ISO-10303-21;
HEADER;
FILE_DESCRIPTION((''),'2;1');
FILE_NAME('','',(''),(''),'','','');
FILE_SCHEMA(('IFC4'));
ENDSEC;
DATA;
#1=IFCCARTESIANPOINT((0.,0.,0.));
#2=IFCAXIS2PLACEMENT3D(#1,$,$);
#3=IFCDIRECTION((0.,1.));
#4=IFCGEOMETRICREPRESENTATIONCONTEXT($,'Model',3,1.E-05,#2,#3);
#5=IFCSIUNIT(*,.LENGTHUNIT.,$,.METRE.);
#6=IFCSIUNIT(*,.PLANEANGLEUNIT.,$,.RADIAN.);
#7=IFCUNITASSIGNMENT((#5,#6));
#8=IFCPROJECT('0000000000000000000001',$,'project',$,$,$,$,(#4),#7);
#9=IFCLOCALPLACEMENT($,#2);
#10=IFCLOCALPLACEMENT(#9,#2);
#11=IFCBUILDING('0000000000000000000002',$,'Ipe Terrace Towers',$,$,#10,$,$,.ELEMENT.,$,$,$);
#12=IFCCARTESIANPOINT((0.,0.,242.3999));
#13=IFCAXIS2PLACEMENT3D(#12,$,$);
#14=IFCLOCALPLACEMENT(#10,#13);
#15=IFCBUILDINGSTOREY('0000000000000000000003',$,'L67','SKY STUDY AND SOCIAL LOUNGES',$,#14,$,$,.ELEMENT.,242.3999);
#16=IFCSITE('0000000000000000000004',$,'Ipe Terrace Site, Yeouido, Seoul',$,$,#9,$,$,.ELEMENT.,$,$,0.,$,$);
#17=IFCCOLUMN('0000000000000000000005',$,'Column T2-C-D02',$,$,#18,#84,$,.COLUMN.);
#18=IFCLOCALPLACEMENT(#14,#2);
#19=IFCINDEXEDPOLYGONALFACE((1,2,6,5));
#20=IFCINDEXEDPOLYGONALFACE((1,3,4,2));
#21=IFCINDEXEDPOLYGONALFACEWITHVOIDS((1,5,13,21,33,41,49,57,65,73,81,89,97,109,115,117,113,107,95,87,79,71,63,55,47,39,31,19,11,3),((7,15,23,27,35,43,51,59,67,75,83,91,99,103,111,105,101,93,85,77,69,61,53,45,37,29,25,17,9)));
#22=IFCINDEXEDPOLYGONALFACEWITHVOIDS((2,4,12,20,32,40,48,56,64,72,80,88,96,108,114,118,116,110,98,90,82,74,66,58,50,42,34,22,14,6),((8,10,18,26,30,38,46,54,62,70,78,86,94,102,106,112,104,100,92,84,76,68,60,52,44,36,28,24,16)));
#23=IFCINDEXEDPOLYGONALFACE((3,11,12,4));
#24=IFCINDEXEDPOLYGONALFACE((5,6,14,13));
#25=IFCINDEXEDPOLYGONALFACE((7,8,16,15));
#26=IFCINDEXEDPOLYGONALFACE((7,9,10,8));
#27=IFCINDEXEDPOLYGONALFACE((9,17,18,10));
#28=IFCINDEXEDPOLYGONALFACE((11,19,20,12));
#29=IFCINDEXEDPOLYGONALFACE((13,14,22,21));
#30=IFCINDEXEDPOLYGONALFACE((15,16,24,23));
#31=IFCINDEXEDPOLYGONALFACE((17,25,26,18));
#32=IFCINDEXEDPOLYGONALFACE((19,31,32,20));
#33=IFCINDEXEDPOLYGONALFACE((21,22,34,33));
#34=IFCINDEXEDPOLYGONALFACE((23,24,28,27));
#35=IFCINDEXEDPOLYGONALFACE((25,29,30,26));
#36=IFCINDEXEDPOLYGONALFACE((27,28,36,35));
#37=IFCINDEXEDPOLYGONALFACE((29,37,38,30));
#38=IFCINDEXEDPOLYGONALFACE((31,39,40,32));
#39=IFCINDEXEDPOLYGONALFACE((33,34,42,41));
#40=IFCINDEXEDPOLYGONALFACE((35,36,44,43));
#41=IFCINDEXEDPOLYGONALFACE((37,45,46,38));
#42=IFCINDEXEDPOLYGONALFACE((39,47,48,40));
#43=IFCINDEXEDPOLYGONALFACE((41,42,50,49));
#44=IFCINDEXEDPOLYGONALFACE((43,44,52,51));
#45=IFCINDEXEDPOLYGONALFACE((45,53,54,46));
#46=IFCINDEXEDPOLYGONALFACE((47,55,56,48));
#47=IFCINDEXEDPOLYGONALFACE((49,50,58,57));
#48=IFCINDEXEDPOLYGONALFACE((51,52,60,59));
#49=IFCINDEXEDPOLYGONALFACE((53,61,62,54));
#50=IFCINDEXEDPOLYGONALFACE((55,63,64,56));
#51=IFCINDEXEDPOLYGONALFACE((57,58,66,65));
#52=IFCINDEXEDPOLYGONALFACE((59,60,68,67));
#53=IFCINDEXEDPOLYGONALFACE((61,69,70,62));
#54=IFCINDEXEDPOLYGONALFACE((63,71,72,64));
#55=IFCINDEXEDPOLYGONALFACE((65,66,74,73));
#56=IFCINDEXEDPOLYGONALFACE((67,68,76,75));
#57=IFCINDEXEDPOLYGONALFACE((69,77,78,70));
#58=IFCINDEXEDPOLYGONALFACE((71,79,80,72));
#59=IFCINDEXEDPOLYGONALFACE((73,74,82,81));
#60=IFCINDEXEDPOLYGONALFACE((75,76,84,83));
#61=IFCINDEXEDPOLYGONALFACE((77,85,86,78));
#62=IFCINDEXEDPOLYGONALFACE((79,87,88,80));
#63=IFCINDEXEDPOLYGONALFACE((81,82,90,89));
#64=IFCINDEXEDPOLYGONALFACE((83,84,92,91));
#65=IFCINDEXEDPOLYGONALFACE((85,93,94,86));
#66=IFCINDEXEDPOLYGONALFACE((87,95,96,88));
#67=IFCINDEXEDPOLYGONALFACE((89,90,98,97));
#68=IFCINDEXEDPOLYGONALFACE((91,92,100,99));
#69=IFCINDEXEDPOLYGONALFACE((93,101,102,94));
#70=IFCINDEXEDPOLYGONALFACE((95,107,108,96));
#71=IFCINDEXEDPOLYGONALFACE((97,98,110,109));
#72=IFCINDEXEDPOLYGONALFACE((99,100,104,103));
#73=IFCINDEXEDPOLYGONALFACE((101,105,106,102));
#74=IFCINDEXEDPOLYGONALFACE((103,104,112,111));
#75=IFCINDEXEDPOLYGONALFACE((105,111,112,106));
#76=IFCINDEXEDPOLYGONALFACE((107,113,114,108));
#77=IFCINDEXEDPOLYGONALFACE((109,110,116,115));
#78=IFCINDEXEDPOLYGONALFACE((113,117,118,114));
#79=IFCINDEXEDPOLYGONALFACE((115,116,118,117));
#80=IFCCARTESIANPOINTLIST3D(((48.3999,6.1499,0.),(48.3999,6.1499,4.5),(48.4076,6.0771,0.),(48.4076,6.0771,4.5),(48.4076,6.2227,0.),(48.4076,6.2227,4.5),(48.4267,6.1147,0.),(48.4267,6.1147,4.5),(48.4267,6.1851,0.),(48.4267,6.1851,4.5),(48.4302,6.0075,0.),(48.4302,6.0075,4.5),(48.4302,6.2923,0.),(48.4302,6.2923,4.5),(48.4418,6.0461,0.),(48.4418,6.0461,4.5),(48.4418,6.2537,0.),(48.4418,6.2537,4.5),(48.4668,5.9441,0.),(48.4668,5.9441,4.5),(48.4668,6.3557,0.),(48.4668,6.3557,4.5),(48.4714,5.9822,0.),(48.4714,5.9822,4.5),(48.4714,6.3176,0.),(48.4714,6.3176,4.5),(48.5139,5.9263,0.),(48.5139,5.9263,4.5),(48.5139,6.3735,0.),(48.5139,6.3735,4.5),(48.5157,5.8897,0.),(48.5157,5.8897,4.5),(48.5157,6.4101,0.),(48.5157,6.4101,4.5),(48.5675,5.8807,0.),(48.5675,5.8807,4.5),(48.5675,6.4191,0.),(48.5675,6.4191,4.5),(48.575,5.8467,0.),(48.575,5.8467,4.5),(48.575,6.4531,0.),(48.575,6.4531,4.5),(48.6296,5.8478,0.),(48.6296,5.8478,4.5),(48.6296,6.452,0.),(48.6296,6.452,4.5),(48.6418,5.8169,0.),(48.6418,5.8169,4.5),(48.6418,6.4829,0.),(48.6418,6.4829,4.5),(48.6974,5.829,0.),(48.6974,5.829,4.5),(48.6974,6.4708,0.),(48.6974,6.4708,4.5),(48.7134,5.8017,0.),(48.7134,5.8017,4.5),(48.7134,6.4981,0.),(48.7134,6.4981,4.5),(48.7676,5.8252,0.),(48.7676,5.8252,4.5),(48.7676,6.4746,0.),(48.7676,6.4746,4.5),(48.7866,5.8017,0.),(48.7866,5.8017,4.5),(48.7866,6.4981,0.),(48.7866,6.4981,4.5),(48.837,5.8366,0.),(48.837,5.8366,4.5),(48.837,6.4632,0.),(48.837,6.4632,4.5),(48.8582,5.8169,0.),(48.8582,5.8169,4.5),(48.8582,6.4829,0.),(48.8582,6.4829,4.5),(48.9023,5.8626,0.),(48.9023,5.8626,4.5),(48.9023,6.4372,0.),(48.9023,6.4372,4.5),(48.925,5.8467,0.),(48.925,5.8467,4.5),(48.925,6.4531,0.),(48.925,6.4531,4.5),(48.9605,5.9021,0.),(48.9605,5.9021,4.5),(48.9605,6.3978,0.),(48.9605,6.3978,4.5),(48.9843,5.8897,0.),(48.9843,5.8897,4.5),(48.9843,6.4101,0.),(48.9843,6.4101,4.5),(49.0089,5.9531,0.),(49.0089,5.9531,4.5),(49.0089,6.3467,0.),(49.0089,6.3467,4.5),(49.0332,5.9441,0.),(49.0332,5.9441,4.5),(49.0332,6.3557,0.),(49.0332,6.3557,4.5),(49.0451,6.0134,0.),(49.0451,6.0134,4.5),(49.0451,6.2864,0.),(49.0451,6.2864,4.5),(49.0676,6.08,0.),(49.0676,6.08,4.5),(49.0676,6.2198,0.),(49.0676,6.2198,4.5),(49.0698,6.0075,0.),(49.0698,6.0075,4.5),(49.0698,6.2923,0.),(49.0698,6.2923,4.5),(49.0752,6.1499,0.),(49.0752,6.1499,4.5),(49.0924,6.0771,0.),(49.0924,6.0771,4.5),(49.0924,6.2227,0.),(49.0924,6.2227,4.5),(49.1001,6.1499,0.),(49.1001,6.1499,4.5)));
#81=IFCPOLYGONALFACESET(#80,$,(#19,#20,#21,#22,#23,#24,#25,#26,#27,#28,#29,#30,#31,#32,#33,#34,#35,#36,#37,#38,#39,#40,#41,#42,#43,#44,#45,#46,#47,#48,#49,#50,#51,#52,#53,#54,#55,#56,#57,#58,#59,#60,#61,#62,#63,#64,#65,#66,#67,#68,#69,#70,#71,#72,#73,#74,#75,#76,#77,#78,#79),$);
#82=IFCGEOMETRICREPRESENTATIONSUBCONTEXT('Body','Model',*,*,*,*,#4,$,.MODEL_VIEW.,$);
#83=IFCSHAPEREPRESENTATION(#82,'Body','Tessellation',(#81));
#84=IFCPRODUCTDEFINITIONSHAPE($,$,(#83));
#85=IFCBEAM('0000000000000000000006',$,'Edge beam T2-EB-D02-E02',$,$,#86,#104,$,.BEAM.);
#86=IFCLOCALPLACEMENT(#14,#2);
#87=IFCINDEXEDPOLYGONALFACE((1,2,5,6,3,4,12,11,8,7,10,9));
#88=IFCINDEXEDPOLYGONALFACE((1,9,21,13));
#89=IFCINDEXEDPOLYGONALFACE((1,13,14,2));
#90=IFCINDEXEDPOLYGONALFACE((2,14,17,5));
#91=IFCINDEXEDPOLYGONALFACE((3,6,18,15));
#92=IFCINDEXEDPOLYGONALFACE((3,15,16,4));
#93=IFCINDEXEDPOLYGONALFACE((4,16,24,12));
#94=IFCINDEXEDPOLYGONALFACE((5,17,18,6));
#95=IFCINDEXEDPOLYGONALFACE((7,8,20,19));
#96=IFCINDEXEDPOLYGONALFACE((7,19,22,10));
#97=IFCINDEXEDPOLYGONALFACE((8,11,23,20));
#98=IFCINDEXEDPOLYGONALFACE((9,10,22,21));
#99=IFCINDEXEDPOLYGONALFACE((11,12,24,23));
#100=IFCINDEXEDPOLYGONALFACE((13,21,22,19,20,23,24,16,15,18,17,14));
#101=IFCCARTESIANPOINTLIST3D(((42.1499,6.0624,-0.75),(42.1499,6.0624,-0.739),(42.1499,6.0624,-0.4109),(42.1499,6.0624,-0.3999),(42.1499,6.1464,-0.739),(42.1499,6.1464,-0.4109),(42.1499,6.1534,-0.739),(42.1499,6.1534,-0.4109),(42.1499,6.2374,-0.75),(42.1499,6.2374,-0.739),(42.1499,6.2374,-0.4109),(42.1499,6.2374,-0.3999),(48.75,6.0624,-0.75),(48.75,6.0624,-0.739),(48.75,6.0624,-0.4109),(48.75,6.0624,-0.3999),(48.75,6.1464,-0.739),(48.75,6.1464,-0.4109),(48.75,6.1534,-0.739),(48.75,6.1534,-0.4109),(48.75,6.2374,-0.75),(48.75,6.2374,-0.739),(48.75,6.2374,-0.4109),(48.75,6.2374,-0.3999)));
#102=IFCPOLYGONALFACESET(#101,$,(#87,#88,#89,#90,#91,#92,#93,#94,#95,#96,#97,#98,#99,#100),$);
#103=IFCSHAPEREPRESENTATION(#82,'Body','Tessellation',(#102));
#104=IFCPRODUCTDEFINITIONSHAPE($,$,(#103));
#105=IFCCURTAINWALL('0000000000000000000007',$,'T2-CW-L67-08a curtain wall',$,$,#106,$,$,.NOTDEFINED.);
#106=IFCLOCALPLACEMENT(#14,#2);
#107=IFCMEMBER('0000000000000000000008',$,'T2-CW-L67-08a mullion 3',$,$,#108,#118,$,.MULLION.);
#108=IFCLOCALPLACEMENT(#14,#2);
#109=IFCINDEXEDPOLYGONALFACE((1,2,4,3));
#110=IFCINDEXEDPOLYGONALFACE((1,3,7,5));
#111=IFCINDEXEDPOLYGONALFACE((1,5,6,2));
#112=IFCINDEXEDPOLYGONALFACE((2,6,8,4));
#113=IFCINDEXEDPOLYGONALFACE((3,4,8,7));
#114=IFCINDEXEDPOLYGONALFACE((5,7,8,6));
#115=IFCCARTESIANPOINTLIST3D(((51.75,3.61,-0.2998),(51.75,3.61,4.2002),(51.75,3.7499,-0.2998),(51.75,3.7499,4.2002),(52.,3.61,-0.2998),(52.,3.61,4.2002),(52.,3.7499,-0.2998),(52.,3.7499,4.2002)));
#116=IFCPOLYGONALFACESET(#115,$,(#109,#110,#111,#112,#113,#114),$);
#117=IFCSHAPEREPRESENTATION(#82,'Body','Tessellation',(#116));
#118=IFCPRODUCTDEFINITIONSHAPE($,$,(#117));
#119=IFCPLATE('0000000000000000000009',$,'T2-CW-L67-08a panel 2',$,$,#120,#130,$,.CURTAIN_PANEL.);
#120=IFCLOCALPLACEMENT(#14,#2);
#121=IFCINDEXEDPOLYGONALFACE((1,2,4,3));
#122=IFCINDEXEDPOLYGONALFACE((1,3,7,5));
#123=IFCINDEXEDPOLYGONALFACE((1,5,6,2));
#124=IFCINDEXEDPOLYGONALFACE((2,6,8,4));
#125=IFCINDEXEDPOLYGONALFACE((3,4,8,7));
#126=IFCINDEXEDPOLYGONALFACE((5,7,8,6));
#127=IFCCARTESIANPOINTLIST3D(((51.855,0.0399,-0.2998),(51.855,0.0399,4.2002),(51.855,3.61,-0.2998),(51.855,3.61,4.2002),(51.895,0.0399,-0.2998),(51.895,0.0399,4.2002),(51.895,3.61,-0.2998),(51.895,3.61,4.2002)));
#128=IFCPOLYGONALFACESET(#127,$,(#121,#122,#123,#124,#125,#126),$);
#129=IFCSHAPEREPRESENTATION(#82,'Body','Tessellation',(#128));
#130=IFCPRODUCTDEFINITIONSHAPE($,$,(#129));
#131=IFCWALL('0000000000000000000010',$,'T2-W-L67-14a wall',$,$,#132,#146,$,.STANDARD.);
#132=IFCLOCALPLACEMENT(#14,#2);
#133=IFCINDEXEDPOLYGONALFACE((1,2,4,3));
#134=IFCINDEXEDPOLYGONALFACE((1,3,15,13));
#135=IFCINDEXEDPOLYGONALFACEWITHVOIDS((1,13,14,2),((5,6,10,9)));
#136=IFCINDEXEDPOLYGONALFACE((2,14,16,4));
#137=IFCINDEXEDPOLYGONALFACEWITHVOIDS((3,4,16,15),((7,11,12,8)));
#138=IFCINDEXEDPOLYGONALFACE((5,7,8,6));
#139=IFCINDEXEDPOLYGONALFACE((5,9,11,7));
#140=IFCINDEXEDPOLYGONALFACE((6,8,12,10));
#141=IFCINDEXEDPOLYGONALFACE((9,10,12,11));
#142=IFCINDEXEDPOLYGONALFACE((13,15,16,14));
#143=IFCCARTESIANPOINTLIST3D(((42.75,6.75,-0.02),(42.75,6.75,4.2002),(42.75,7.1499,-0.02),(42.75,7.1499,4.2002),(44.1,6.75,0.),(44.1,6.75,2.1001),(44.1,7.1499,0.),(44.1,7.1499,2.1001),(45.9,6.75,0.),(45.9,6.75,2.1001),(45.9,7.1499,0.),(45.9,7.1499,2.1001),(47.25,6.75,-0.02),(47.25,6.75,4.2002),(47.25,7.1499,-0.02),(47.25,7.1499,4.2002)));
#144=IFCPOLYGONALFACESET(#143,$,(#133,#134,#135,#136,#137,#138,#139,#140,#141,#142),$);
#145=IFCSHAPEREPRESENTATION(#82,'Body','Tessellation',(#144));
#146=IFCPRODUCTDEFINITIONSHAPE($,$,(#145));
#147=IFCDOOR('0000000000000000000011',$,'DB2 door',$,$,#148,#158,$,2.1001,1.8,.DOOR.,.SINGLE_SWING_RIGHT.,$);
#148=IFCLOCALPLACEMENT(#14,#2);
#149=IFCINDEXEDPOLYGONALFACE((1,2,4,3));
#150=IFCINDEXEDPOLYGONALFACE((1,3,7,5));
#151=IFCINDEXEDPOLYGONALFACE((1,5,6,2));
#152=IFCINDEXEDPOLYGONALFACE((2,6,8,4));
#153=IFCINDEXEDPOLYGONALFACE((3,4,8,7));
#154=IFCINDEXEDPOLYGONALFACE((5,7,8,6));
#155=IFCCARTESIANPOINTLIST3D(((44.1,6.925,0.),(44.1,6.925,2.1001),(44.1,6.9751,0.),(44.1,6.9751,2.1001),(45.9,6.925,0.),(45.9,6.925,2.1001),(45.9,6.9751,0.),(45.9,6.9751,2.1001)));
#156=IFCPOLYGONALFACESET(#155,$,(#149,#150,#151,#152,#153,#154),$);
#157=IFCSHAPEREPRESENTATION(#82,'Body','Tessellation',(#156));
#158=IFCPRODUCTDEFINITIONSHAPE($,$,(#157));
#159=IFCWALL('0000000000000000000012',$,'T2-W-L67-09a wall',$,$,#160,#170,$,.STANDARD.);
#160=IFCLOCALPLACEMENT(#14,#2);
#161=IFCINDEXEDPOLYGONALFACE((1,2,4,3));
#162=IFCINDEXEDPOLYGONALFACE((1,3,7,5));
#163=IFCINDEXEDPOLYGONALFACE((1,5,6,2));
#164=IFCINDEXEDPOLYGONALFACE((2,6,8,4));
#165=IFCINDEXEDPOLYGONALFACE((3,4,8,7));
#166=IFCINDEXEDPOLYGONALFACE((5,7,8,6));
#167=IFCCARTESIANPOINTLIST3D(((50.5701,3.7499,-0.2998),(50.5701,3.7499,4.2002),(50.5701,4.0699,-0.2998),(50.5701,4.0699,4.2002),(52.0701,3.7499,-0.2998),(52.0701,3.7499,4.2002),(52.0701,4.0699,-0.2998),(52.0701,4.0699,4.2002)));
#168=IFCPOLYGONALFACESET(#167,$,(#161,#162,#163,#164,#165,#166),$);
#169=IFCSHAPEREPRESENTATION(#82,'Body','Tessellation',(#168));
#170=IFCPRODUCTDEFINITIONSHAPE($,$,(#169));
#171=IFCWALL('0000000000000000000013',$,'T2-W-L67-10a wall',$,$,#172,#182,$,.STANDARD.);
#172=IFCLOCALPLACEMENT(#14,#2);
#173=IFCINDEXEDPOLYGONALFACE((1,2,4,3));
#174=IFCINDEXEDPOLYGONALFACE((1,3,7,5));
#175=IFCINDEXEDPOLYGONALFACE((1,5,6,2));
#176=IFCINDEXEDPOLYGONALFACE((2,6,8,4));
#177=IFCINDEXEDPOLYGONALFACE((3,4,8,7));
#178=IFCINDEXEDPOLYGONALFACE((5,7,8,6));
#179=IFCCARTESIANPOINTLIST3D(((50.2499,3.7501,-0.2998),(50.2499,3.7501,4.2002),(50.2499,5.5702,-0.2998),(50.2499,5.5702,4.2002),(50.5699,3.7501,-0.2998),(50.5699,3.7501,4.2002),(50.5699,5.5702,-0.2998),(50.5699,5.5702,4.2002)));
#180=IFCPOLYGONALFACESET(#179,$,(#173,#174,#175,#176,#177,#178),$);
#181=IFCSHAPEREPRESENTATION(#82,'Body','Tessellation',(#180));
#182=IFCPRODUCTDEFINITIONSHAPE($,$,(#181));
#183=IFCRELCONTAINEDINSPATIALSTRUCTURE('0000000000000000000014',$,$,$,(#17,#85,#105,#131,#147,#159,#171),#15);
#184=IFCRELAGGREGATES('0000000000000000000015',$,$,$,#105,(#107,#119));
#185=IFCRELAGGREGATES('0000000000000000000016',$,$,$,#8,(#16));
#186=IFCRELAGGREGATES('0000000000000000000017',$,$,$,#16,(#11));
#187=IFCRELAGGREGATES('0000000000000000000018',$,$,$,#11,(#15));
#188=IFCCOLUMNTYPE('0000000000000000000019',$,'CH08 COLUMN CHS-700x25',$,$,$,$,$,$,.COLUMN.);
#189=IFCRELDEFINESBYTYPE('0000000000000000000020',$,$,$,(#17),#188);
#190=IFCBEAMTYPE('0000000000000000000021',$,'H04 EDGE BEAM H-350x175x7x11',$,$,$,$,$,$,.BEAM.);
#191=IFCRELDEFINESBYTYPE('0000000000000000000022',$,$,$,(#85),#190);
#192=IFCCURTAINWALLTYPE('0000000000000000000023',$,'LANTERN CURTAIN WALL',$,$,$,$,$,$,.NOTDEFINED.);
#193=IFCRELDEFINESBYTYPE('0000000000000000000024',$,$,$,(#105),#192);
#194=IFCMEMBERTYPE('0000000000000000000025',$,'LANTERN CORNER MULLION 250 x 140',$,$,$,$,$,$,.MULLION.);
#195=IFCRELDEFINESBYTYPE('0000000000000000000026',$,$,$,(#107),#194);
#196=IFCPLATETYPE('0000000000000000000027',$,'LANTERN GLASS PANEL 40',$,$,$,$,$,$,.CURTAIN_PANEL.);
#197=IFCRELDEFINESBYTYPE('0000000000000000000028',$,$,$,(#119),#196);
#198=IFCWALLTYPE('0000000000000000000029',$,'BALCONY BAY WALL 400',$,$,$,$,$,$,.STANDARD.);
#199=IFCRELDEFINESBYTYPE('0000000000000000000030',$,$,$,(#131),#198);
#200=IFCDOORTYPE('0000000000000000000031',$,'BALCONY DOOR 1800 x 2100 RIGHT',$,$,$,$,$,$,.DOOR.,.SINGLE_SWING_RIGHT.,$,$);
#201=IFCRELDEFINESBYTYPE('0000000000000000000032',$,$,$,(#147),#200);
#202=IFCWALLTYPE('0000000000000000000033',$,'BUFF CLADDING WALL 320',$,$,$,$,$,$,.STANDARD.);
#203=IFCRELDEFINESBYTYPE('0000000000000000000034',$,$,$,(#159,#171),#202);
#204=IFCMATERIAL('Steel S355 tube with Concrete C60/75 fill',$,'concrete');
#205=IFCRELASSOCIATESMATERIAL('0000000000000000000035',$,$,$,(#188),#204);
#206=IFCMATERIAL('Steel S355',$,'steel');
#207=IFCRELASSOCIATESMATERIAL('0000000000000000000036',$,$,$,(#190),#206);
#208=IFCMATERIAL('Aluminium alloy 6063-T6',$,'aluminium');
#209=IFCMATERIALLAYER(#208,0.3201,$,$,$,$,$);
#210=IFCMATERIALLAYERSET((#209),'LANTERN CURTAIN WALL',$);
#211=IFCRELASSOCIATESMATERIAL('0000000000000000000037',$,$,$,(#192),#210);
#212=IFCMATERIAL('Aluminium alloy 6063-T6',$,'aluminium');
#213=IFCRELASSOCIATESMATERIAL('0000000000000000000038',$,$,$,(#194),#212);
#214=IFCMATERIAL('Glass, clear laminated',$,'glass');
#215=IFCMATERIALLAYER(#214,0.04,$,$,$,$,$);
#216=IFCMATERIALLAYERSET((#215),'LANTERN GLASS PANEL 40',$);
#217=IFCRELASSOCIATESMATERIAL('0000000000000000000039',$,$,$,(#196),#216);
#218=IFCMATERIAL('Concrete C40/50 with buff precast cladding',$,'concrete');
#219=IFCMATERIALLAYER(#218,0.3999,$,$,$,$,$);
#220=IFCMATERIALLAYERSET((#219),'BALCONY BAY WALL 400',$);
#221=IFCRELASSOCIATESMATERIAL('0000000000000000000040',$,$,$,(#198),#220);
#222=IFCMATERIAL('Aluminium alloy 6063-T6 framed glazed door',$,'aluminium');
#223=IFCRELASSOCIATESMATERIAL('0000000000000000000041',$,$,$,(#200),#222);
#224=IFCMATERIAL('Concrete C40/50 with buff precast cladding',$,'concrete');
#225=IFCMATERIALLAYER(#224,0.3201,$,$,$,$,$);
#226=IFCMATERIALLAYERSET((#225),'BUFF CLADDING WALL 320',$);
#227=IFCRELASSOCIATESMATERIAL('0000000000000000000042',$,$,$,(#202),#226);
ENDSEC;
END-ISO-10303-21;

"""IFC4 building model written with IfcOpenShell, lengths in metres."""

from ifc_helpers import new_model, si_unit, direction, frame, frame_2d, origin, origin_2d, place, context, subcontext, project, spatial, rectangle, hollow_circle, i_section, extrude, material, layer, layer_set, material_profile, profile_set, type_object, element, fill, aggregate, save


model = new_model("IFC4")

# Units and contexts
model_context = context("Model", 3, precision=1e-05, world=origin(), true_north=direction((0.0, 1.0)))
body_context = subcontext(model_context, "Body", "Model", "MODEL_VIEW")
ifc_project = project(units=[si_unit("LENGTHUNIT", "METRE"), si_unit("PLANEANGLEUNIT", "RADIAN")], contexts=[model_context])

# Site, building, storey
site_placement = place(None, origin())
site = spatial("IfcSite", under=ifc_project, at=site_placement, Name="Ipe Terrace Site, Yeouido, Seoul", CompositionType="ELEMENT", RefElevation=0.0)
building_placement = place(site_placement, origin())
building = spatial("IfcBuilding", under=site, at=building_placement, Name="Ipe Terrace Towers", CompositionType="ELEMENT")
storey_placement = place(building_placement, frame((0.0, 0.0, 242.3999)))
storey = spatial("IfcBuildingStorey", under=building, at=storey_placement, Name="L67", Description="SKY STUDY AND SOCIAL LOUNGES", CompositionType="ELEMENT", Elevation=242.3999)

# Column
ifc_material_1 = material(Name="Steel S355 tube with Concrete C60/75 fill", Category="concrete")
ifc_material_profile_1 = material_profile(ifc_material_1, hollow_circle(Radius=0.3501, WallThickness=0.0249, at=origin_2d()), Name="CHS-700x25")
ifc_profile_set_1 = profile_set([ifc_material_profile_1], Name="Steel S355 tube with Concrete C60/75 fill")
column_type = type_object("IfcColumnType", Name="CH08 COLUMN CHS-700x25", PredefinedType="COLUMN", material=ifc_profile_set_1)
column_placement = place(storey_placement, frame((48.75, 6.1499, 0.0), z_axis=(0.0, 0.0, 1.0), x_axis=(1.0, 0.0, 0.0)))
element("IfcColumn", 1, at=column_placement, inside=storey, type_object=column_type, Name="Column T2-C-D02", PredefinedType="COLUMN", context=body_context, shape_type="SweptSolid", body=[
    extrude(hollow_circle(Radius=0.3501, WallThickness=0.0249, at=origin_2d()), origin(), (0.0, 0.0, 1.0), 4.5),
])

# Beam
ifc_material_2 = material(Name="Steel S355", Category="steel")
ifc_material_profile_2 = material_profile(ifc_material_2, i_section(OverallWidth=0.175, OverallDepth=0.3501, WebThickness=0.0071, FlangeThickness=0.011, at=origin_2d()), Name="H-350x175x7x11")
ifc_profile_set_2 = profile_set([ifc_material_profile_2], Name="Steel S355")
beam_type = type_object("IfcBeamType", Name="H04 EDGE BEAM H-350x175x7x11", PredefinedType="BEAM", material=ifc_profile_set_2)
beam_placement = place(storey_placement, frame((48.75, 6.1499, -0.575), z_axis=(-1.0, 0.0, 0.0), x_axis=(0.0, -1.0, 0.0)))
element("IfcBeam", 2, at=beam_placement, inside=storey, type_object=beam_type, Name="Edge beam T2-EB-D02-E02", PredefinedType="BEAM", context=body_context, shape_type="SweptSolid", body=[
    extrude(i_section(OverallWidth=0.175, OverallDepth=0.3501, WebThickness=0.0071, FlangeThickness=0.011, at=origin_2d()), origin(), (0.0, 0.0, 1.0), 6.6001),
])

# Curtain wall, member, plate
ifc_material_3 = material(Name="Aluminium alloy 6063-T6", Category="aluminium")
ifc_layer_1 = layer(ifc_material_3, 0.3201)
ifc_layer_set_1 = layer_set([ifc_layer_1], Name="LANTERN CURTAIN WALL")
curtain_wall_type = type_object("IfcCurtainWallType", Name="LANTERN CURTAIN WALL", PredefinedType="NOTDEFINED", material=ifc_layer_set_1)
curtain_wall_placement = place(storey_placement, origin())
curtain_wall = element("IfcCurtainWall", 3, at=curtain_wall_placement, inside=storey, type_object=curtain_wall_type, Name="T2-CW-L67-08a curtain wall", PredefinedType="NOTDEFINED")
ifc_material_4 = material(Name="Aluminium alloy 6063-T6", Category="aluminium")
ifc_material_profile_3 = material_profile(ifc_material_4, rectangle(XDim=0.25, YDim=0.1399, at=origin_2d()), Name="LANTERN CORNER MULLION 250 x 140")
ifc_profile_set_3 = profile_set([ifc_material_profile_3], Name="Aluminium alloy 6063-T6")
member_type = type_object("IfcMemberType", Name="LANTERN CORNER MULLION 250 x 140", PredefinedType="MULLION", material=ifc_profile_set_3)
member_placement = place(storey_placement, frame((51.875, 3.6799, -0.2998), z_axis=(0.0, 0.0, 1.0), x_axis=(1.0, 0.0, 0.0)))
member = element("IfcMember", 4, at=member_placement, type_object=member_type, Name="T2-CW-L67-08a mullion 3", PredefinedType="MULLION", context=body_context, shape_type="SweptSolid", body=[
    extrude(rectangle(XDim=0.25, YDim=0.1399, at=origin_2d()), origin(), (0.0, 0.0, 1.0), 4.5),
])
ifc_material_5 = material(Name="Glass, clear laminated", Category="glass")
ifc_layer_2 = layer(ifc_material_5, 0.04)
ifc_layer_set_2 = layer_set([ifc_layer_2], Name="LANTERN GLASS PANEL 40")
plate_type = type_object("IfcPlateType", Name="LANTERN GLASS PANEL 40", PredefinedType="CURTAIN_PANEL", material=ifc_layer_set_2)
plate_placement = place(storey_placement, frame((51.875, 1.825, -0.2998), z_axis=(0.0, 0.0, 1.0), x_axis=(0.0, 1.0, 0.0)))
plate = element("IfcPlate", 5, at=plate_placement, type_object=plate_type, Name="T2-CW-L67-08a panel 2", PredefinedType="CURTAIN_PANEL", context=body_context, shape_type="SweptSolid", body=[
    extrude(rectangle(XDim=3.5701, YDim=0.04, at=origin_2d()), origin(), (0.0, 0.0, 1.0), 4.5),
])
aggregate(curtain_wall, [member, plate])

# Wall, opening, door
ifc_material_6 = material(Name="Concrete C40/50 with buff precast cladding", Category="concrete")
ifc_layer_3 = layer(ifc_material_6, 0.3999)
ifc_layer_set_3 = layer_set([ifc_layer_3], Name="BALCONY BAY WALL 400")
wall_type_1 = type_object("IfcWallType", Name="BALCONY BAY WALL 400", PredefinedType="STANDARD", material=ifc_layer_set_3)
wall_1_placement = place(storey_placement, frame((47.25, 6.95, -0.02), z_axis=(0.0, 0.0, 1.0), x_axis=(-1.0, 0.0, 0.0)))
wall_1 = element("IfcWall", 6, at=wall_1_placement, inside=storey, type_object=wall_type_1, Name="T2-W-L67-14a wall", PredefinedType="STANDARD", context=body_context, shape_type="SweptSolid", body=[
    extrude(rectangle(XDim=4.5, YDim=0.3999, at=frame_2d((2.25, 0.0))), origin(), (0.0, 0.0, 1.0), 4.2202),
])
opening_1_placement = place(wall_1_placement, frame((1.3501, 0.0, 0.02)))
opening_1 = element("IfcOpeningElement", 7, at=opening_1_placement, cuts=wall_1, PredefinedType="OPENING", context=body_context, shape_type="SweptSolid", body=[
    extrude(rectangle(XDim=1.8, YDim=2.1001, at=frame_2d((0.8999, 1.05))), frame((0.0, 0.21, 0.0), z_axis=(0.0, -1.0, 0.0), x_axis=(1.0, 0.0, 0.0)), (0.0, 0.0, 1.0), 0.4199),
])
ifc_material_7 = material(Name="Aluminium alloy 6063-T6 framed glazed door", Category="aluminium")
door_type_1 = type_object("IfcDoorType", Name="BALCONY DOOR 1800 x 2100 RIGHT", OperationType="SINGLE_SWING_RIGHT", PredefinedType="DOOR", material=ifc_material_7)
door_1_placement = place(opening_1_placement, origin())
door_1 = element("IfcDoor", 8, at=door_1_placement, inside=storey, type_object=door_type_1, Name="DB2 door", OperationType="SINGLE_SWING_RIGHT", OverallHeight=2.1001, OverallWidth=1.8, PredefinedType="DOOR", context=body_context, shape_type="SweptSolid", body=[
    extrude(rectangle(XDim=1.8, YDim=2.1001, at=frame_2d((0.8999, 1.05))), frame((0.0, 0.0249, 0.0), z_axis=(0.0, -1.0, 0.0), x_axis=(1.0, 0.0, 0.0)), (0.0, 0.0, 1.0), 0.05),
])
fill(opening_1, door_1)

# Walls
ifc_material_8 = material(Name="Concrete C40/50 with buff precast cladding", Category="concrete")
ifc_layer_4 = layer(ifc_material_8, 0.3201)
ifc_layer_set_4 = layer_set([ifc_layer_4], Name="BUFF CLADDING WALL 320")
wall_type_2 = type_object("IfcWallType", Name="BUFF CLADDING WALL 320", PredefinedType="STANDARD", material=ifc_layer_set_4)
wall_2_placement = place(storey_placement, frame((52.0701, 3.9099, -0.2998), z_axis=(0.0, 0.0, 1.0), x_axis=(-1.0, 0.0, 0.0)))
element("IfcWall", 9, at=wall_2_placement, inside=storey, type_object=wall_type_2, Name="T2-W-L67-09a wall", PredefinedType="STANDARD", context=body_context, shape_type="SweptSolid", body=[
    extrude(rectangle(XDim=1.5, YDim=0.3201, at=frame_2d((0.75, 0.0))), origin(), (0.0, 0.0, 1.0), 4.5),
])
wall_3_placement = place(storey_placement, frame((50.4099, 3.75, -0.2998), z_axis=(0.0, 0.0, 1.0), x_axis=(0.0, 1.0, 0.0)))
element("IfcWall", 10, at=wall_3_placement, inside=storey, type_object=wall_type_2, Name="T2-W-L67-10a wall", PredefinedType="STANDARD", context=body_context, shape_type="SweptSolid", body=[
    extrude(rectangle(XDim=1.8201, YDim=0.3201, at=frame_2d((0.9102, 0.0))), origin(), (0.0, 0.0, 1.0), 4.5),
])

save(model, "model.ifc")
